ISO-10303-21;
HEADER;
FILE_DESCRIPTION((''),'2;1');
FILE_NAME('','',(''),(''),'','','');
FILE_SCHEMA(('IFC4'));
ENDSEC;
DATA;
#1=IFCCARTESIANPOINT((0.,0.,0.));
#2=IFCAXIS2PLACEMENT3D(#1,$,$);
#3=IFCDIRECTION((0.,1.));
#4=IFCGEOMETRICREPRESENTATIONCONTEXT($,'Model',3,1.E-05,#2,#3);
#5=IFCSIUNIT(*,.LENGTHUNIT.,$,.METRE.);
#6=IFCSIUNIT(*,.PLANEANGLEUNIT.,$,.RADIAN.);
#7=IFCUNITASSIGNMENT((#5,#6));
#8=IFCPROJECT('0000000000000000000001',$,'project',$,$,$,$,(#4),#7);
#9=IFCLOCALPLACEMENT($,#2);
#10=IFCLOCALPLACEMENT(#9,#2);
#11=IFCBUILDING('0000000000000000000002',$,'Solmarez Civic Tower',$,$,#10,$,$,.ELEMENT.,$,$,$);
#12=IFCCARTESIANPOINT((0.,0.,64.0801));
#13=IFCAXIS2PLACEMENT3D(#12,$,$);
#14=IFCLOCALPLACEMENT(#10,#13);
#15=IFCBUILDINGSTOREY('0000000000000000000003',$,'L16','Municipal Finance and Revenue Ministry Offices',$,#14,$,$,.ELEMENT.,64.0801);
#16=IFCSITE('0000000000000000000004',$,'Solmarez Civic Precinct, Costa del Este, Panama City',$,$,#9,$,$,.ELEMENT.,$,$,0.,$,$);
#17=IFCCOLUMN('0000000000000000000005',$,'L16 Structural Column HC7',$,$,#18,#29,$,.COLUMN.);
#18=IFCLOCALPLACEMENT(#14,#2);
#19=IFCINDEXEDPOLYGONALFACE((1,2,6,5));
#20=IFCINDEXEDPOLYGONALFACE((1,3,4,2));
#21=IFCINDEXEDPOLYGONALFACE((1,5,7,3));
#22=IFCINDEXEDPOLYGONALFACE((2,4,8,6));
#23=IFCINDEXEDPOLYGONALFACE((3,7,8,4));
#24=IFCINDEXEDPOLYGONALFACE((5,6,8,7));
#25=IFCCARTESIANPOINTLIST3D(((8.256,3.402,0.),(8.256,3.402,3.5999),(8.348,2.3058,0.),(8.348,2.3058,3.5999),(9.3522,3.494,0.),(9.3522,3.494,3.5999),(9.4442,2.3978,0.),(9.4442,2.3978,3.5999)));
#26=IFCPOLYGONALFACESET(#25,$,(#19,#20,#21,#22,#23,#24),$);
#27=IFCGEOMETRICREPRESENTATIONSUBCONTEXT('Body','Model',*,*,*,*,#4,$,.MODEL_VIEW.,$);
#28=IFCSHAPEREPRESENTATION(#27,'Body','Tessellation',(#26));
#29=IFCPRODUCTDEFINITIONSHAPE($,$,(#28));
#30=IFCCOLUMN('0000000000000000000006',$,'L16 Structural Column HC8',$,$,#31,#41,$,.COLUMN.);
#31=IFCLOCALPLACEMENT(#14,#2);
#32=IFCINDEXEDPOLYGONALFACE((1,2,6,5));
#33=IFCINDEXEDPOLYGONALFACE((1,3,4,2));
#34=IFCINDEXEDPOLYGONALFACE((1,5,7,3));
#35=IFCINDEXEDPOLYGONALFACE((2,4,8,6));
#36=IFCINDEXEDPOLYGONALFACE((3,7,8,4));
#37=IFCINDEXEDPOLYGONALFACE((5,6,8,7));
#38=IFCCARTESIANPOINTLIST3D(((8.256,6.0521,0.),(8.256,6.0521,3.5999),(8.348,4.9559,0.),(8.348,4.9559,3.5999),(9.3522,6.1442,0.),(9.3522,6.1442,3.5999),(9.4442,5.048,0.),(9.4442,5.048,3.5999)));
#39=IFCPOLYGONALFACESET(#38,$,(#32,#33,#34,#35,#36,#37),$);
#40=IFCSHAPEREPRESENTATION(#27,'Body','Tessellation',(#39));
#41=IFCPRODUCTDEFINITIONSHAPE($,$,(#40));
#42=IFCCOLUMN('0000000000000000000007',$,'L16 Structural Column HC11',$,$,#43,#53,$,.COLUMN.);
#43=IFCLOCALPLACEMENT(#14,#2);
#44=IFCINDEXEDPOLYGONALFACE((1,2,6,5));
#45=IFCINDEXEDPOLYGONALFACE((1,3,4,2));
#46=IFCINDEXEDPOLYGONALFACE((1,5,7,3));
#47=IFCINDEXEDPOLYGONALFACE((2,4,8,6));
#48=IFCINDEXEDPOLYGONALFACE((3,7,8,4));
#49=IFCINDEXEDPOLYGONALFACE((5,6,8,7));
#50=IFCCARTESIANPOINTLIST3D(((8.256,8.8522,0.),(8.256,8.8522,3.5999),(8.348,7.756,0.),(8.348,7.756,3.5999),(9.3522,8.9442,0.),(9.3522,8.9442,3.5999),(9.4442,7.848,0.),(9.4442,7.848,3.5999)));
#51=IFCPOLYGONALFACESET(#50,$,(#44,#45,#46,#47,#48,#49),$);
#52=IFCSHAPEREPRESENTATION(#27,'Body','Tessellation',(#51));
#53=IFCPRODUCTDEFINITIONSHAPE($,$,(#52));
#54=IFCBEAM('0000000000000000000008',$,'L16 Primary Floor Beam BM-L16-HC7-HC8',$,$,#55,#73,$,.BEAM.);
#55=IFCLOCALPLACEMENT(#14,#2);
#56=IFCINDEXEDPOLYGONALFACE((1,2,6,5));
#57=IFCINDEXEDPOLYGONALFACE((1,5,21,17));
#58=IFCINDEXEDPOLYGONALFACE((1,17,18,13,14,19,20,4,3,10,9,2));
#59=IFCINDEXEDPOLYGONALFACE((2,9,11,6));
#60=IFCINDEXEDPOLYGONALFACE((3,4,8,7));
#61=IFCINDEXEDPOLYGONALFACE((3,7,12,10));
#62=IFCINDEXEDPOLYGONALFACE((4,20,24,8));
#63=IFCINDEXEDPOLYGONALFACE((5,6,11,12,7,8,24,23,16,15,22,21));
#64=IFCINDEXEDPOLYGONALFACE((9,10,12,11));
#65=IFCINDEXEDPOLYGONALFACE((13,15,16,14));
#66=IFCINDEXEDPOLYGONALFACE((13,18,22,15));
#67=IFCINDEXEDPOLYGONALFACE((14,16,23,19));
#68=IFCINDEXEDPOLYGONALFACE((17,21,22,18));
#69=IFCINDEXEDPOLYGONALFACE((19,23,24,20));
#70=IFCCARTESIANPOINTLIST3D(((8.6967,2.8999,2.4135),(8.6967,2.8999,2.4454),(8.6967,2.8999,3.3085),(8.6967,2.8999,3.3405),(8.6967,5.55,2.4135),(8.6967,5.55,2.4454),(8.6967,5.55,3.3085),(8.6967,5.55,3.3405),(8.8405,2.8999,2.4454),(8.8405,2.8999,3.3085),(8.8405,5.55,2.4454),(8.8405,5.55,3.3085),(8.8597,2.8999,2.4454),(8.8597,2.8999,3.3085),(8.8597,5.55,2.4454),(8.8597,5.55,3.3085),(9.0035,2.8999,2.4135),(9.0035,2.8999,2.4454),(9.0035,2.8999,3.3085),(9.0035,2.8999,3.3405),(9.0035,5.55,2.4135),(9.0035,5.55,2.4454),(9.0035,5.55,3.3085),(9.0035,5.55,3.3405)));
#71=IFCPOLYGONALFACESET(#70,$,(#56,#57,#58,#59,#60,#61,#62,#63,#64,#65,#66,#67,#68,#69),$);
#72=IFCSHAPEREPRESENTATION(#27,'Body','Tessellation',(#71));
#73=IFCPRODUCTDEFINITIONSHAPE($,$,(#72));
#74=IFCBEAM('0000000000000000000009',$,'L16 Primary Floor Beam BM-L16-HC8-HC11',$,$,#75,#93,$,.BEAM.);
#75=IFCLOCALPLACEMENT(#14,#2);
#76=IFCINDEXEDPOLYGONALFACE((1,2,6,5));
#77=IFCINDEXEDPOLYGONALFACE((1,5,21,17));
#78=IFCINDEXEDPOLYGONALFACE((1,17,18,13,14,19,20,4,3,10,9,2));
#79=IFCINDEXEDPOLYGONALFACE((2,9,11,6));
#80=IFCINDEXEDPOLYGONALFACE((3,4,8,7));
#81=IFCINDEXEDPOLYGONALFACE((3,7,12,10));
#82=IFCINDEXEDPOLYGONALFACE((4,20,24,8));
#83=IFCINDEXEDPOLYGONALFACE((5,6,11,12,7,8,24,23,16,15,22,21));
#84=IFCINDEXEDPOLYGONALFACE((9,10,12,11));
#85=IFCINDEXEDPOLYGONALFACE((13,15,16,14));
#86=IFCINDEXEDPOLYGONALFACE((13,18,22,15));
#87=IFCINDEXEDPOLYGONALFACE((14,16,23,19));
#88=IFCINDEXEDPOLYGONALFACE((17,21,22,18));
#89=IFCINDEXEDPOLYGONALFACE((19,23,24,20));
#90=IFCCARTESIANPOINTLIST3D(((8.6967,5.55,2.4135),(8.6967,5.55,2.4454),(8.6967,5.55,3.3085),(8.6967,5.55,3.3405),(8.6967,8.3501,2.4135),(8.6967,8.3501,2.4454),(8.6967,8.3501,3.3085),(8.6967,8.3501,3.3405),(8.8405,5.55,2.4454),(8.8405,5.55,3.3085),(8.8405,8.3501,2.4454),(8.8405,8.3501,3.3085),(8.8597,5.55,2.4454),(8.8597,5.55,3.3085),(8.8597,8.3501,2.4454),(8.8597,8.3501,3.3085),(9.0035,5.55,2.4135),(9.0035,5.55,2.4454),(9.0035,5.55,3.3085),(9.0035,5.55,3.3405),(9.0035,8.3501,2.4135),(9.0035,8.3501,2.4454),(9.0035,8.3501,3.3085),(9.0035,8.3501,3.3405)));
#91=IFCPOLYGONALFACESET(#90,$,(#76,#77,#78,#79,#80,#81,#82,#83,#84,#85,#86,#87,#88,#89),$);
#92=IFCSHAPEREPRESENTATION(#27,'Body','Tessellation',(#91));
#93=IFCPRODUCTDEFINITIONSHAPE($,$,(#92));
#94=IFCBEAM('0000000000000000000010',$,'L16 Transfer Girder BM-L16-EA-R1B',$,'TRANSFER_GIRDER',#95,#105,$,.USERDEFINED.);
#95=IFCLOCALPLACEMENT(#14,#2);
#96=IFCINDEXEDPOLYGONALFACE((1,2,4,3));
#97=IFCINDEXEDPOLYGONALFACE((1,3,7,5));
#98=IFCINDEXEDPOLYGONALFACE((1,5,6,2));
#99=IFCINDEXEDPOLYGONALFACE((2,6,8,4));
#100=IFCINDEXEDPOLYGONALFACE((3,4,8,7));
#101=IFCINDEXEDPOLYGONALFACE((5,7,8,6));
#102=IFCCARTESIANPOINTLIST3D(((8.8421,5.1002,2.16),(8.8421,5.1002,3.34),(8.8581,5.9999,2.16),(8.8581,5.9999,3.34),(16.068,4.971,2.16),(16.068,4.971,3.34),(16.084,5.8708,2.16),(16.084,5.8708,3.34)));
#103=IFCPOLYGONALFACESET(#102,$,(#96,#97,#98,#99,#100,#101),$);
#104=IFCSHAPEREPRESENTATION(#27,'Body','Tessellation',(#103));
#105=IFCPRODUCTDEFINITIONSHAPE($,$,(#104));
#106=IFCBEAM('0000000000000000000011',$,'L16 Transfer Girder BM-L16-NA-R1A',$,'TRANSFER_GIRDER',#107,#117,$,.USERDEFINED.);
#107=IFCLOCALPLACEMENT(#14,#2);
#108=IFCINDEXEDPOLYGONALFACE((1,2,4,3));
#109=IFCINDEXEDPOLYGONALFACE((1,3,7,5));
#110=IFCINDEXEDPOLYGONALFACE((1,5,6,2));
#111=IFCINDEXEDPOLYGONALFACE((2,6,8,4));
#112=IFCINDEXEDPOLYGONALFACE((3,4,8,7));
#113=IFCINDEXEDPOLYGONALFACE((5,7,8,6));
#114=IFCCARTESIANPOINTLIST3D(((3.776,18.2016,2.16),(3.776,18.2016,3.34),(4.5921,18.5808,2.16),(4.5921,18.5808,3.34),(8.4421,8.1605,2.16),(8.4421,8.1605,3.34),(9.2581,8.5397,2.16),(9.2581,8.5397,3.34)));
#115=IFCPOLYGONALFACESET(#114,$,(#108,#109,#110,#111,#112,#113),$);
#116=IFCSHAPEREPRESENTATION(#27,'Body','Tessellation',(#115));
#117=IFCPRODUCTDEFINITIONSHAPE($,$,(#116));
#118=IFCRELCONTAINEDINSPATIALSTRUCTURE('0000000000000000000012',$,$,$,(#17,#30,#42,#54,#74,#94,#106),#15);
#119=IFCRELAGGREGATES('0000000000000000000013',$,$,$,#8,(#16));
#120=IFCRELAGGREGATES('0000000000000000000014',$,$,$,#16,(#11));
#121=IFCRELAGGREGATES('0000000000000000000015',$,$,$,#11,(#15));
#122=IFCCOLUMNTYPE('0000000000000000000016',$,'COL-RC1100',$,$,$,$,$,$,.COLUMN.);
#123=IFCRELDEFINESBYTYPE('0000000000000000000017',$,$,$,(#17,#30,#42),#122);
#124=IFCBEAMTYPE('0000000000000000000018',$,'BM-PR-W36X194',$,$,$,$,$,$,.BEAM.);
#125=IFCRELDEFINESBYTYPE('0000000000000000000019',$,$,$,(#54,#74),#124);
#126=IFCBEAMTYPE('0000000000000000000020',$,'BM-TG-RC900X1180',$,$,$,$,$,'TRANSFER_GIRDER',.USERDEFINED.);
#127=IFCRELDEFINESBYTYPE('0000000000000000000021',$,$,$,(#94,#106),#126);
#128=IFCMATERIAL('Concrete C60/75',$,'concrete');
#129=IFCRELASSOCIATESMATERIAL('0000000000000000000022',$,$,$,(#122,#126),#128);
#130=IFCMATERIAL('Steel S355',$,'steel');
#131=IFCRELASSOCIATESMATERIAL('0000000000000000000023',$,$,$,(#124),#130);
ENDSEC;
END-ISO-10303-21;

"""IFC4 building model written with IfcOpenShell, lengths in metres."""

from ifc_helpers import new_model, si_unit, direction, frame, origin, origin_2d, place, context, subcontext, project, spatial, rectangle, i_section, extrude, material, material_profile, profile_set, type_object, element, save


model = new_model("IFC4")

# Units and contexts
model_context = context("Model", 3, precision=1e-05, world=origin(), true_north=direction((0.0, 1.0)))
body_context = subcontext(model_context, "Body", "Model", "MODEL_VIEW")
ifc_project = project(units=[si_unit("LENGTHUNIT", "METRE"), si_unit("PLANEANGLEUNIT", "RADIAN")], contexts=[model_context])

# Site, building, storey
site_placement = place(None, origin())
site = spatial("IfcSite", under=ifc_project, at=site_placement, Name="Solmarez Civic Precinct, Costa del Este, Panama City", CompositionType="ELEMENT", RefElevation=0.0)
building_placement = place(site_placement, origin())
building = spatial("IfcBuilding", under=site, at=building_placement, Name="Solmarez Civic Tower", CompositionType="ELEMENT")
storey_placement = place(building_placement, frame((0.0, 0.0, 64.0801)))
storey = spatial("IfcBuildingStorey", under=building, at=storey_placement, Name="L16", Description="Municipal Finance and Revenue Ministry Offices", CompositionType="ELEMENT", Elevation=64.0801)

# Columns
ifc_material_1 = material(Name="Concrete C60/75", Category="concrete")
ifc_material_profile_1 = material_profile(ifc_material_1, rectangle(XDim=1.1001, YDim=1.1001, at=origin_2d()), Name="RC1100X1100")
ifc_profile_set_1 = profile_set([ifc_material_profile_1], Name="Concrete C60/75")
column_type = type_object("IfcColumnType", Name="COL-RC1100", PredefinedType="COLUMN", material=ifc_profile_set_1)
for number, where, z_axis, x_axis, name in (
    (1, (8.8501, 2.8999, 0.0), (0.0, 0.0, 1.0), (0.996493, 0.083678, 0.0), "L16 Structural Column HC7"),
    (2, (8.8501, 5.55, 0.0), (0.0, 0.0, 1.0), (0.996493, 0.083678, 0.0), "L16 Structural Column HC8"),
    (3, (8.8501, 8.3501, 0.0), (0.0, 0.0, 1.0), (0.996493, 0.083678, 0.0), "L16 Structural Column HC11"),
):
    element("IfcColumn", number, at=place(storey_placement, frame(where, z_axis=z_axis, x_axis=x_axis)), inside=storey, type_object=column_type, Name=name, PredefinedType="COLUMN", context=body_context, shape_type="SweptSolid", body=[
        extrude(rectangle(XDim=1.1001, YDim=1.1001, at=origin_2d()), origin(), (0.0, 0.0, 1.0), 3.5999),
    ])

# Beams
ifc_material_2 = material(Name="Steel S355", Category="steel")
ifc_material_profile_2 = material_profile(ifc_material_2, i_section(OverallWidth=0.3069, OverallDepth=0.927, WebThickness=0.0193, FlangeThickness=0.032, at=origin_2d()), Name="W36X194")
ifc_profile_set_2 = profile_set([ifc_material_profile_2], Name="Steel S355")
beam_type_1 = type_object("IfcBeamType", Name="BM-PR-W36X194", PredefinedType="BEAM", material=ifc_profile_set_2)
beam_1_placement = place(storey_placement, frame((8.8501, 2.8999, 2.877), z_axis=(0.0, 1.0, 0.0), x_axis=(-1.0, 0.0, 0.0)))
element("IfcBeam", 4, at=beam_1_placement, inside=storey, type_object=beam_type_1, Name="L16 Primary Floor Beam BM-L16-HC7-HC8", PredefinedType="BEAM", context=body_context, shape_type="SweptSolid", body=[
    extrude(i_section(OverallWidth=0.3069, OverallDepth=0.927, WebThickness=0.0193, FlangeThickness=0.032, at=origin_2d()), origin(), (0.0, 0.0, 1.0), 2.6501),
])
beam_2_placement = place(storey_placement, frame((8.8501, 5.55, 2.877), z_axis=(0.0, 1.0, 0.0), x_axis=(-1.0, 0.0, 0.0)))
element("IfcBeam", 5, at=beam_2_placement, inside=storey, type_object=beam_type_1, Name="L16 Primary Floor Beam BM-L16-HC8-HC11", PredefinedType="BEAM", context=body_context, shape_type="SweptSolid", body=[
    extrude(i_section(OverallWidth=0.3069, OverallDepth=0.927, WebThickness=0.0193, FlangeThickness=0.032, at=origin_2d()), origin(), (0.0, 0.0, 1.0), 2.8),
])
ifc_material_profile_3 = material_profile(ifc_material_1, rectangle(XDim=0.8999, YDim=1.1799, at=origin_2d()), Name="RC900X1180")
ifc_profile_set_3 = profile_set([ifc_material_profile_3], Name="Concrete C60/75")
beam_type_2 = type_object("IfcBeamType", Name="BM-TG-RC900X1180", ElementType="TRANSFER_GIRDER", PredefinedType="USERDEFINED", material=ifc_profile_set_3)
beam_3_placement = place(storey_placement, frame((8.8501, 5.55, 2.75), z_axis=(0.99984, -0.017871, 0.0), x_axis=(0.017871, 0.99984, 0.0)))
element("IfcBeam", 6, at=beam_3_placement, inside=storey, type_object=beam_type_2, Name="L16 Transfer Girder BM-L16-EA-R1B", ObjectType="TRANSFER_GIRDER", PredefinedType="USERDEFINED", context=body_context, shape_type="SweptSolid", body=[
    extrude(rectangle(XDim=0.8999, YDim=1.1799, at=origin_2d()), origin(), (0.0, 0.0, 1.0), 7.2271),
])
beam_4_placement = place(storey_placement, frame((8.8501, 8.3501, 2.75), z_axis=(-0.421417, 0.906867, 0.0), x_axis=(-0.906867, -0.421417, 0.0)))
element("IfcBeam", 7, at=beam_4_placement, inside=storey, type_object=beam_type_2, Name="L16 Transfer Girder BM-L16-NA-R1A", ObjectType="TRANSFER_GIRDER", PredefinedType="USERDEFINED", context=body_context, shape_type="SweptSolid", body=[
    extrude(rectangle(XDim=0.8999, YDim=1.1799, at=origin_2d()), origin(), (0.0, 0.0, 1.0), 11.0723),
])

save(model, "model.ifc")
